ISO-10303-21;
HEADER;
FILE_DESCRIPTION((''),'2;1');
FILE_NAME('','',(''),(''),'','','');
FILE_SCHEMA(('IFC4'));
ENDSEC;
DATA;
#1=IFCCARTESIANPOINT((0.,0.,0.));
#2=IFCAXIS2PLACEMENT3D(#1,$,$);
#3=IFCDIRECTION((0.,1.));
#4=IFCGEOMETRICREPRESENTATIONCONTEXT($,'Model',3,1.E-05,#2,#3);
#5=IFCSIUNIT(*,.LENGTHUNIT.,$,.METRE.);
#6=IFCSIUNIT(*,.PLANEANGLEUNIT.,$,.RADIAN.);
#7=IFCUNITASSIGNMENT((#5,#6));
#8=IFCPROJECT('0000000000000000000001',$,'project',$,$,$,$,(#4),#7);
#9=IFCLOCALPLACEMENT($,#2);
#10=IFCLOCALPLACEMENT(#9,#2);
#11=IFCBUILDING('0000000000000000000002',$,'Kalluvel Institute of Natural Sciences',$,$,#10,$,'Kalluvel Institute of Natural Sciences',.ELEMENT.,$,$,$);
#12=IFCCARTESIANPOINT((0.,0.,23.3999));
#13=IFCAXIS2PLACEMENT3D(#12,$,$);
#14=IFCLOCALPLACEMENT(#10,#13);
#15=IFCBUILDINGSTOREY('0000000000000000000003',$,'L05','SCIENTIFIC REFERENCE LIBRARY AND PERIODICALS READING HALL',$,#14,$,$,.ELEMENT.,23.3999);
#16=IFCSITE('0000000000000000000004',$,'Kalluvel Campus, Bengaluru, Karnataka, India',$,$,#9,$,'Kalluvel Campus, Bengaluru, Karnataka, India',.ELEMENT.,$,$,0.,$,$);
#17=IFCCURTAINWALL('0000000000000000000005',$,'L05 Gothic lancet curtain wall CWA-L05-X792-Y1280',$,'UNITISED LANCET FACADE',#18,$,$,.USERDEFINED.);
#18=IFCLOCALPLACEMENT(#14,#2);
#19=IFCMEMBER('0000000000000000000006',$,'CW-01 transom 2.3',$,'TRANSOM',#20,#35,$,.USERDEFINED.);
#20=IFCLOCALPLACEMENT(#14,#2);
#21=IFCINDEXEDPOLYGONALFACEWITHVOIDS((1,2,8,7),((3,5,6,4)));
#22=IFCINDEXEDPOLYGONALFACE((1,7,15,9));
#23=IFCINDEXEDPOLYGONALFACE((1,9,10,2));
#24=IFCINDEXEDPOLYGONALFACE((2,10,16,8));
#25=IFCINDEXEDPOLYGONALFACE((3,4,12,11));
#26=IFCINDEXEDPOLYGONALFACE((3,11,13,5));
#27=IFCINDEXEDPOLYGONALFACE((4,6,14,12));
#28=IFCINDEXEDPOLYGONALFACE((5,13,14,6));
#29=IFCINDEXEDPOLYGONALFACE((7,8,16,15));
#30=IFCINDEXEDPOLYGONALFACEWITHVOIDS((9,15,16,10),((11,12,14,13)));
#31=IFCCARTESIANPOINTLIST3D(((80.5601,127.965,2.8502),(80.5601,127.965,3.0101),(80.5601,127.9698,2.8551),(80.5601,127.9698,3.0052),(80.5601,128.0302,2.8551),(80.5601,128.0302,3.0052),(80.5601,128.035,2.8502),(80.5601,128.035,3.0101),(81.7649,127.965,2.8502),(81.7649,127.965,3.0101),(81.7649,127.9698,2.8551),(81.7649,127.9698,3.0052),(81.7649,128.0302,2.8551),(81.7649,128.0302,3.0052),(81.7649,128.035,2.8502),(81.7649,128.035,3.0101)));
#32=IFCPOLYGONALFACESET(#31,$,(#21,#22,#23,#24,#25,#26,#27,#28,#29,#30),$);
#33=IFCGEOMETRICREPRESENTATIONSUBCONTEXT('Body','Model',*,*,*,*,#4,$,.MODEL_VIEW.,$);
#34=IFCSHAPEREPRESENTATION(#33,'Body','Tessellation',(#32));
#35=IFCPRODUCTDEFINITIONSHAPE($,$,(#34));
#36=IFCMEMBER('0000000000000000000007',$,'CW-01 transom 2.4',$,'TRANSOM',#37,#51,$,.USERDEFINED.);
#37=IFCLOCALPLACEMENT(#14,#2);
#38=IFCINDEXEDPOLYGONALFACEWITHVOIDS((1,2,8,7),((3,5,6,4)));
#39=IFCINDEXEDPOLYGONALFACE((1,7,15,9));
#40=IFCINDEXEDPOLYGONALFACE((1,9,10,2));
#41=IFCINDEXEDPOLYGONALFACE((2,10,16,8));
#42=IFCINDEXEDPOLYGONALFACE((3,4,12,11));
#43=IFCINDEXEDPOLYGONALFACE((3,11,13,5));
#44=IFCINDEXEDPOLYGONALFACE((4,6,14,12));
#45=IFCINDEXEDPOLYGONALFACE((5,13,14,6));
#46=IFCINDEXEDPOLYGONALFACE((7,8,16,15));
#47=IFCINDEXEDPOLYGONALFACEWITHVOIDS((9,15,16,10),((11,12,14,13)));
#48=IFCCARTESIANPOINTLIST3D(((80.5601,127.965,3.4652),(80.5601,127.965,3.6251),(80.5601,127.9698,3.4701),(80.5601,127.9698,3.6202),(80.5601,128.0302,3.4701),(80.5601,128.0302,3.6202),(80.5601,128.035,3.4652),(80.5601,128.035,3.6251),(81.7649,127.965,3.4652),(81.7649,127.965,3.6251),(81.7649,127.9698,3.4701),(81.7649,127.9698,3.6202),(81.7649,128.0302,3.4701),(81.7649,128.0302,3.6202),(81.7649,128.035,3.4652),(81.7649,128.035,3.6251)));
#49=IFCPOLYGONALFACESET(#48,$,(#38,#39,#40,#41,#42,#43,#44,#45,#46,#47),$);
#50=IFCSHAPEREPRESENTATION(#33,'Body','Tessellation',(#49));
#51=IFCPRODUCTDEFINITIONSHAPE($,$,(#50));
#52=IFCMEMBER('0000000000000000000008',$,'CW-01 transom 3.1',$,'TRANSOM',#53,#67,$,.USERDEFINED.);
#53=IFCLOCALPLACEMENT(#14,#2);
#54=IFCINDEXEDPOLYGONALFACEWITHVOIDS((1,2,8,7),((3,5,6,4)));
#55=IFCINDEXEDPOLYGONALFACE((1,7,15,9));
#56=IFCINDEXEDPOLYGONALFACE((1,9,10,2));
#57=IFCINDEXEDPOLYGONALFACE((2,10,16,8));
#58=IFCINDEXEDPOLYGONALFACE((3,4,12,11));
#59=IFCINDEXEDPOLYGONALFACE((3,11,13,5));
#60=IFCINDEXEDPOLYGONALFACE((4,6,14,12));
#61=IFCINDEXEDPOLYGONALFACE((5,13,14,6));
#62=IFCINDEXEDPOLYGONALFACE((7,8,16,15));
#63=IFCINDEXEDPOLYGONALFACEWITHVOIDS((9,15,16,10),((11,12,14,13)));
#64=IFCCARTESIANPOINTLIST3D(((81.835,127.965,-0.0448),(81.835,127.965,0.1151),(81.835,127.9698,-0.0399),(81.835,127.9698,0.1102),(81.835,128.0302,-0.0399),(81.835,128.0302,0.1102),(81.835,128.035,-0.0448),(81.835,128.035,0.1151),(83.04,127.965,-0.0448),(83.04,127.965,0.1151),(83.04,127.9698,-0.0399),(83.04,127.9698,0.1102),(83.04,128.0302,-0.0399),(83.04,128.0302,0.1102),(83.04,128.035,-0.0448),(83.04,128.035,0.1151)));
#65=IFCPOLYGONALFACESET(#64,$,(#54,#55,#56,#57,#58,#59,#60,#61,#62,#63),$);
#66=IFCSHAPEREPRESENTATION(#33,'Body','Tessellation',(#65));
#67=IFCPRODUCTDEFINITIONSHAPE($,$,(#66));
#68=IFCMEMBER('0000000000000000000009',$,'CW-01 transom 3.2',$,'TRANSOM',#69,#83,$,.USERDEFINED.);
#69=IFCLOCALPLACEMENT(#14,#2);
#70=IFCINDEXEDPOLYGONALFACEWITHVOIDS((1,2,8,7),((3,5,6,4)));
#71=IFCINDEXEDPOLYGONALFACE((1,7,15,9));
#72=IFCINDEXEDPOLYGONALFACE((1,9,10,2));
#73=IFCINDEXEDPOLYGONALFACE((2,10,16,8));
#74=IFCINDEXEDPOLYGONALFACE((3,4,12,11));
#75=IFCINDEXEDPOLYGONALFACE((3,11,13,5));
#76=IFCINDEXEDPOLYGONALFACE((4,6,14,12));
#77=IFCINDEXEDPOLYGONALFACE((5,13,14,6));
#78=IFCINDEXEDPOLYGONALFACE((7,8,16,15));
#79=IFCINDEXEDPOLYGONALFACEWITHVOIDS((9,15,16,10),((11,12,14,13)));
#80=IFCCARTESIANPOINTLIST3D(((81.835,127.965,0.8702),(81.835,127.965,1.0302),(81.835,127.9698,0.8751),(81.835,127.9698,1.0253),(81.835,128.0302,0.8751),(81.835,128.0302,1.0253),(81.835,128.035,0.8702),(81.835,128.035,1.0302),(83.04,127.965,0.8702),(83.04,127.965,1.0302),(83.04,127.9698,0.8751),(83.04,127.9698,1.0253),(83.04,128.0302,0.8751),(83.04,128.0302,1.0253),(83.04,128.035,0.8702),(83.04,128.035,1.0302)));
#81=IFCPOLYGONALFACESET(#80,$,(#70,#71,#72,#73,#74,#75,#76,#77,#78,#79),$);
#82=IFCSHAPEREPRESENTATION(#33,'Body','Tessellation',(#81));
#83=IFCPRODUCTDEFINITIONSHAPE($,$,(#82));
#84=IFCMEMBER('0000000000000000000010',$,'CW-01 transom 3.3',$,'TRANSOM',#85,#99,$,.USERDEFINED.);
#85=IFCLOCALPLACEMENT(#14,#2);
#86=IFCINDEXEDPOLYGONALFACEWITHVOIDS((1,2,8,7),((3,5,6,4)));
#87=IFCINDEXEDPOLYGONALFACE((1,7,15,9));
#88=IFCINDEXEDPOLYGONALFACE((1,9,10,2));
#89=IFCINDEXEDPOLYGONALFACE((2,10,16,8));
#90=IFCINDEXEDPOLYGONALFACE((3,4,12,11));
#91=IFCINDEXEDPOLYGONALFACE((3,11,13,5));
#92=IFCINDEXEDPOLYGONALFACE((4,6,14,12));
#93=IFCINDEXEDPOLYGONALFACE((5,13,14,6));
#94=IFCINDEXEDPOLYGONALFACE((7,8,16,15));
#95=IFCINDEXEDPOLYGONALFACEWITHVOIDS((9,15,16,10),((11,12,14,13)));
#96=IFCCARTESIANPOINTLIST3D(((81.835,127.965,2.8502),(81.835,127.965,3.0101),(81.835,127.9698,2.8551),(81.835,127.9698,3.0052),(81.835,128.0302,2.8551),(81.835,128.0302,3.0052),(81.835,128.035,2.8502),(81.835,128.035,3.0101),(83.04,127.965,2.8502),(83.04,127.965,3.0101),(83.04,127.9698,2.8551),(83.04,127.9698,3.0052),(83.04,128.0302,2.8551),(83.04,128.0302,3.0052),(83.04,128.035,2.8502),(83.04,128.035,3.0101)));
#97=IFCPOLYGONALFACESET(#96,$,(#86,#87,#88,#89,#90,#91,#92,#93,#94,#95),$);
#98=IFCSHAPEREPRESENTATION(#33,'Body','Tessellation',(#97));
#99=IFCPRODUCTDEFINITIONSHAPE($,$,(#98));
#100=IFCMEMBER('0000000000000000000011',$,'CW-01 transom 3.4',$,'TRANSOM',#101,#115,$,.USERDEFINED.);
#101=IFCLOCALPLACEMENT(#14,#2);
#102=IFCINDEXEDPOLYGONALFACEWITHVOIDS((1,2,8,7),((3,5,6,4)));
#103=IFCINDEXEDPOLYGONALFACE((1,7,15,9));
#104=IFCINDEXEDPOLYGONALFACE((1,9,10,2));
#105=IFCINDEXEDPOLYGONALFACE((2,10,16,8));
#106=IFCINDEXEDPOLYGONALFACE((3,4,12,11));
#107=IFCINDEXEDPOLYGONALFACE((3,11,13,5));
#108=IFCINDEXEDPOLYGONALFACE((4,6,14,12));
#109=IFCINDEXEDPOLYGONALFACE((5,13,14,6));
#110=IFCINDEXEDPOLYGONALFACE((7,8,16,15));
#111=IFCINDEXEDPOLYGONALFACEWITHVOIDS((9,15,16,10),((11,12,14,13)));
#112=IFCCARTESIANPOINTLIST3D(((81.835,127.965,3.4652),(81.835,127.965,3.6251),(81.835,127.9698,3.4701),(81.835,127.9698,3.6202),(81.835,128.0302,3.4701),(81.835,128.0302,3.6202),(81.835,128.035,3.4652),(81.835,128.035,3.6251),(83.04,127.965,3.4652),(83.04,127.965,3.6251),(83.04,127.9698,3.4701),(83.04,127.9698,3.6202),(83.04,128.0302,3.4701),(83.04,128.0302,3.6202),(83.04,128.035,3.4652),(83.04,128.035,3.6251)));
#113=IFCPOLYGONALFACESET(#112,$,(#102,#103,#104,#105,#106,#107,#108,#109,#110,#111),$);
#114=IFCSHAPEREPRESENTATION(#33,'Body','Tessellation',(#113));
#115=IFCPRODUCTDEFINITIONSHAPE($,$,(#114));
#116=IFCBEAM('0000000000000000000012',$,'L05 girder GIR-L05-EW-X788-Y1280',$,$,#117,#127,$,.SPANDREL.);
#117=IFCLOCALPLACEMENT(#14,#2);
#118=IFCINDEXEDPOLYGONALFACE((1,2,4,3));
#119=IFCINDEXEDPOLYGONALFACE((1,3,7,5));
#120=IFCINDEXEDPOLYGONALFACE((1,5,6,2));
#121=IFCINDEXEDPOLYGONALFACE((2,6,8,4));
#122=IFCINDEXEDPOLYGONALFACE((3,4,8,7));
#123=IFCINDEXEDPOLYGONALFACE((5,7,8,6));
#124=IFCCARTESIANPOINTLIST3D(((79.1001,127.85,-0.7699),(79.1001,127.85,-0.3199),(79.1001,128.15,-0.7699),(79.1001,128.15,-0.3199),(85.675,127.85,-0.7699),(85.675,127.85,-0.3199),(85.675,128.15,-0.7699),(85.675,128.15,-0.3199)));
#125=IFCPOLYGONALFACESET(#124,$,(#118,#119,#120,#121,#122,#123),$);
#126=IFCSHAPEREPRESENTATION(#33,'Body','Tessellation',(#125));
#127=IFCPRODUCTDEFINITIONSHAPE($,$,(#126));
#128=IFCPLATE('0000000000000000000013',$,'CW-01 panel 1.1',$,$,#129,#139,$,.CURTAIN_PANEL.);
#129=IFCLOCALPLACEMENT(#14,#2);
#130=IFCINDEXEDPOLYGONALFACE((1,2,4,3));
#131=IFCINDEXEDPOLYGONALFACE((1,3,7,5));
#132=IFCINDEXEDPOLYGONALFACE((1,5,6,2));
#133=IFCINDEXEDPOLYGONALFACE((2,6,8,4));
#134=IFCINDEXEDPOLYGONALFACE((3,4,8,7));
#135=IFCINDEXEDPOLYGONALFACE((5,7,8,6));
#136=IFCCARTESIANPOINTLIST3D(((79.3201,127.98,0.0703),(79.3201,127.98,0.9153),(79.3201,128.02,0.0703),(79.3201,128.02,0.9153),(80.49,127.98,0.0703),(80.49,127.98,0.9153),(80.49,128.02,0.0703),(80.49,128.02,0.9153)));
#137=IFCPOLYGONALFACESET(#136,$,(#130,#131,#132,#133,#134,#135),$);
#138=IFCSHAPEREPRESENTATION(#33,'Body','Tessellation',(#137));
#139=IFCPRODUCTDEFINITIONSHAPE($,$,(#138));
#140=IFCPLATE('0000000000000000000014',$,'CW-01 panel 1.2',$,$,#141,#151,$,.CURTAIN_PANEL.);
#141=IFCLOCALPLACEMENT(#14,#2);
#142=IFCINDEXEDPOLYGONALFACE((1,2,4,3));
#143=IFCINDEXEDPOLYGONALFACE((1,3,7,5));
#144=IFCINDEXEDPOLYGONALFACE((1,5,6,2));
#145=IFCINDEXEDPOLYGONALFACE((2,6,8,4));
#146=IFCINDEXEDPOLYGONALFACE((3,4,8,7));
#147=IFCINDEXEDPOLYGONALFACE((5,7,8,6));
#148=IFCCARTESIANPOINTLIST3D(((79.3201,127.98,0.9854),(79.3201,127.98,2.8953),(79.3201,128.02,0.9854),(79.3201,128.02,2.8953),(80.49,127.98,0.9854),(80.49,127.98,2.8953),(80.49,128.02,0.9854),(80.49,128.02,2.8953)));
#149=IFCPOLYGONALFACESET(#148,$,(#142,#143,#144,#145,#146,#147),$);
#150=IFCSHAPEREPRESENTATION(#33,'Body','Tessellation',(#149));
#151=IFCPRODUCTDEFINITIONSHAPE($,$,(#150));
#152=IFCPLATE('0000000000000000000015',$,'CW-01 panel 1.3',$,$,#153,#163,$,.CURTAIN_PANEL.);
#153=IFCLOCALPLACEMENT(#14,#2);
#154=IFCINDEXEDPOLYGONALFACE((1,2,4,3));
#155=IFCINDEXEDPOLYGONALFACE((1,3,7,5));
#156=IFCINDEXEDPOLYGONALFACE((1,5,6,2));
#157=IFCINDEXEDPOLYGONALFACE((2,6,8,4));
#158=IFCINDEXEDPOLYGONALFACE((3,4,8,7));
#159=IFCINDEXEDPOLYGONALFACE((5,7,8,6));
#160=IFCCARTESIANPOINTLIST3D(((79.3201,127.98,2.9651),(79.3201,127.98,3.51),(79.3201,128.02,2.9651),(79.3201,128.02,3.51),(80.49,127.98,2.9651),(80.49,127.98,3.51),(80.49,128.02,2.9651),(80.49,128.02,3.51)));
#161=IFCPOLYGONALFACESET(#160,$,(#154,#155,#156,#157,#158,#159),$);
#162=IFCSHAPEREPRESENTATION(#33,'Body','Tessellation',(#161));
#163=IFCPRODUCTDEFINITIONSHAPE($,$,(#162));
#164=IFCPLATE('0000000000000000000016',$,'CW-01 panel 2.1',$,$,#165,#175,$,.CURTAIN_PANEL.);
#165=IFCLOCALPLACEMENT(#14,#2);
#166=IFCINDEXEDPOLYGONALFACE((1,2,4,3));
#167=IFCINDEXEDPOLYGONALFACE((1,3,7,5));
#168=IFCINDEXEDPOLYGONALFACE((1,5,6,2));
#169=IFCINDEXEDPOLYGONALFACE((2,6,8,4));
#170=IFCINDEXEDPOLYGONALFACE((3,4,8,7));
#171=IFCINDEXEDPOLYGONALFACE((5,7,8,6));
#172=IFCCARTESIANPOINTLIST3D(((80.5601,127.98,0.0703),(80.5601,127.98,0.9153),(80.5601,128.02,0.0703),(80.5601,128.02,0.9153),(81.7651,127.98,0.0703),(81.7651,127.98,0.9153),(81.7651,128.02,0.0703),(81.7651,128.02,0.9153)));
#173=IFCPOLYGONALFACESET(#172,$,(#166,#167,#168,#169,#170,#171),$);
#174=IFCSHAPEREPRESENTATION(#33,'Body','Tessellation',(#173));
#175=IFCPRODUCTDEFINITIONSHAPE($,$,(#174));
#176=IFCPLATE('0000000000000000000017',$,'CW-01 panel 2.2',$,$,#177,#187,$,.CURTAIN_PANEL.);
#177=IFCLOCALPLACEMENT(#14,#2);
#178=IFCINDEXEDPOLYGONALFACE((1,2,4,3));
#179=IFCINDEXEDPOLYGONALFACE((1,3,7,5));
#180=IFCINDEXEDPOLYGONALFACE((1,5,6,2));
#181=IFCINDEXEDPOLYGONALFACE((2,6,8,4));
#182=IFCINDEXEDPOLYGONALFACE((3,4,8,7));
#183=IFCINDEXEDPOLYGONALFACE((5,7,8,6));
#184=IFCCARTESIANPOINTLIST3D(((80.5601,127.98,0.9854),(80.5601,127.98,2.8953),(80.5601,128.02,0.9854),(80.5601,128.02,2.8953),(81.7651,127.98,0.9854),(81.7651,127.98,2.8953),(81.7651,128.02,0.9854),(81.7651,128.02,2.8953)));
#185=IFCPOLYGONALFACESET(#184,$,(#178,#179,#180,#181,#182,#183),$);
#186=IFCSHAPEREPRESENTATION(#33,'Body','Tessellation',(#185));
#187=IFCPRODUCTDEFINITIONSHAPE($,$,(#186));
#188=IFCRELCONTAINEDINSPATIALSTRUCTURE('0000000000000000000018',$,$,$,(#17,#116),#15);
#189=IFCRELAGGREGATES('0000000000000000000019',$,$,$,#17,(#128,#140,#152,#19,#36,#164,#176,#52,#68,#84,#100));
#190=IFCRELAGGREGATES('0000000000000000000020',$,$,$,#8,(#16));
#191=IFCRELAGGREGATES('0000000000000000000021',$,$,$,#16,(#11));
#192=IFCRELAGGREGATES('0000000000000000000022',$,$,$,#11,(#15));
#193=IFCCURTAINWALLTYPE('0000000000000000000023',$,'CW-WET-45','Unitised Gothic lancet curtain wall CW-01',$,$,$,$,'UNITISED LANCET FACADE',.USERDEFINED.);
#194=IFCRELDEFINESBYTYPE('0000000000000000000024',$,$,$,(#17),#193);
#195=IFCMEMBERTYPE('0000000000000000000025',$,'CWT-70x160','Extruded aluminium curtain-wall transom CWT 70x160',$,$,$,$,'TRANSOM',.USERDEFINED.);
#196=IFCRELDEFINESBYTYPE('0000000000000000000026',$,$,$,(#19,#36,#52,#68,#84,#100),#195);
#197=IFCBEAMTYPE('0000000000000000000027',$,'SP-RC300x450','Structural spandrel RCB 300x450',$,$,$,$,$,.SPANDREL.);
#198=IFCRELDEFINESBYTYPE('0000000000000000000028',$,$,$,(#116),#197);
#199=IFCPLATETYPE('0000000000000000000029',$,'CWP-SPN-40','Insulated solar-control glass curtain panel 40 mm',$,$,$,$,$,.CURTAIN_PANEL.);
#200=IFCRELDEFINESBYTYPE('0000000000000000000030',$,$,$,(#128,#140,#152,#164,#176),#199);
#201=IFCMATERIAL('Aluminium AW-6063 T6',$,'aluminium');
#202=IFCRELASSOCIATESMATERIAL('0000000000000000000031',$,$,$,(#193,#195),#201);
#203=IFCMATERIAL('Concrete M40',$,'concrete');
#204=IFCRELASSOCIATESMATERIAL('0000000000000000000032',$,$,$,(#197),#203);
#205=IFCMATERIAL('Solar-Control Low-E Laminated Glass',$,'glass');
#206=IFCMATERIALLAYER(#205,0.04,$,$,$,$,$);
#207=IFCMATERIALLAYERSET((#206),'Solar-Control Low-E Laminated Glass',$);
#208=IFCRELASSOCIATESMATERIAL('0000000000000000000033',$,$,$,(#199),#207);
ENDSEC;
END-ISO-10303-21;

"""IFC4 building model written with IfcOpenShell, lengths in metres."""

from ifc_helpers import new_model, si_unit, direction, frame, origin, origin_2d, place, context, subcontext, project, spatial, rectangle, hollow_rectangle, extrude, material, layer, layer_set, material_profile, profile_set, type_object, element, aggregate, save


model = new_model("IFC4")

# Units and contexts
model_context = context("Model", 3, precision=1e-05, world=origin(), true_north=direction((0.0, 1.0)))
body_context = subcontext(model_context, "Body", "Model", "MODEL_VIEW")
ifc_project = project(units=[si_unit("LENGTHUNIT", "METRE"), si_unit("PLANEANGLEUNIT", "RADIAN")], contexts=[model_context])

# Site, building, storey
site_placement = place(None, origin())
site = spatial("IfcSite", under=ifc_project, at=site_placement, Name="Kalluvel Campus, Bengaluru, Karnataka, India", LongName="Kalluvel Campus, Bengaluru, Karnataka, India", CompositionType="ELEMENT", RefElevation=0.0)
building_placement = place(site_placement, origin())
building = spatial("IfcBuilding", under=site, at=building_placement, Name="Kalluvel Institute of Natural Sciences", LongName="Kalluvel Institute of Natural Sciences", CompositionType="ELEMENT")
storey_placement = place(building_placement, frame((0.0, 0.0, 23.3999)))
storey = spatial("IfcBuildingStorey", under=building, at=storey_placement, Name="L05", Description="SCIENTIFIC REFERENCE LIBRARY AND PERIODICALS READING HALL", CompositionType="ELEMENT", Elevation=23.3999)

# Curtain wall, members
ifc_material_1 = material(Name="Aluminium AW-6063 T6", Category="aluminium")
curtain_wall_type = type_object("IfcCurtainWallType", Name="CW-WET-45", Description="Unitised Gothic lancet curtain wall CW-01", ElementType="UNITISED LANCET FACADE", PredefinedType="USERDEFINED", material=ifc_material_1)
curtain_wall_placement = place(storey_placement, origin())
curtain_wall = element("IfcCurtainWall", 1, at=curtain_wall_placement, inside=storey, type_object=curtain_wall_type, Name="L05 Gothic lancet curtain wall CWA-L05-X792-Y1280", ObjectType="UNITISED LANCET FACADE", PredefinedType="USERDEFINED")
ifc_material_profile_1 = material_profile(ifc_material_1, hollow_rectangle(XDim=0.0701, YDim=0.1599, WallThickness=0.0049, at=origin_2d()), Name="CWT 70x160")
ifc_profile_set_1 = profile_set([ifc_material_profile_1], Name="Aluminium AW-6063 T6")
member_type_1 = type_object("IfcMemberType", Name="CWT-70x160", Description="Extruded aluminium curtain-wall transom CWT 70x160", ElementType="TRANSOM", PredefinedType="USERDEFINED", material=ifc_profile_set_1)
member_1_placement = place(storey_placement, frame((80.5601, 128.0, 2.9302), z_axis=(1.0, 0.0, 0.0), x_axis=(0.0, 1.0, 0.0)))
member_1 = element("IfcMember", 2, at=member_1_placement, type_object=member_type_1, Name="CW-01 transom 2.3", ObjectType="TRANSOM", PredefinedType="USERDEFINED", context=body_context, shape_type="SweptSolid", body=[
    extrude(hollow_rectangle(XDim=0.0701, YDim=0.1599, WallThickness=0.0049, at=origin_2d()), origin(), (0.0, 0.0, 1.0), 1.2048),
])
member_2_placement = place(storey_placement, frame((80.5601, 128.0, 3.5452), z_axis=(1.0, 0.0, 0.0), x_axis=(0.0, 1.0, 0.0)))
member_2 = element("IfcMember", 3, at=member_2_placement, type_object=member_type_1, Name="CW-01 transom 2.4", ObjectType="TRANSOM", PredefinedType="USERDEFINED", context=body_context, shape_type="SweptSolid", body=[
    extrude(hollow_rectangle(XDim=0.0701, YDim=0.1599, WallThickness=0.0049, at=origin_2d()), origin(), (0.0, 0.0, 1.0), 1.2048),
])
member_3_placement = place(storey_placement, frame((81.835, 128.0, 0.0352), z_axis=(1.0, 0.0, 0.0), x_axis=(0.0, 1.0, 0.0)))
member_3 = element("IfcMember", 4, at=member_3_placement, type_object=member_type_1, Name="CW-01 transom 3.1", ObjectType="TRANSOM", PredefinedType="USERDEFINED", context=body_context, shape_type="SweptSolid", body=[
    extrude(hollow_rectangle(XDim=0.0701, YDim=0.1599, WallThickness=0.0049, at=origin_2d()), origin(), (0.0, 0.0, 1.0), 1.2051),
])
member_4_placement = place(storey_placement, frame((81.835, 128.0, 0.9502), z_axis=(1.0, 0.0, 0.0), x_axis=(0.0, 1.0, 0.0)))
member_4 = element("IfcMember", 5, at=member_4_placement, type_object=member_type_1, Name="CW-01 transom 3.2", ObjectType="TRANSOM", PredefinedType="USERDEFINED", context=body_context, shape_type="SweptSolid", body=[
    extrude(hollow_rectangle(XDim=0.0701, YDim=0.1599, WallThickness=0.0049, at=origin_2d()), origin(), (0.0, 0.0, 1.0), 1.2051),
])
member_5_placement = place(storey_placement, frame((81.835, 128.0, 2.9302), z_axis=(1.0, 0.0, 0.0), x_axis=(0.0, 1.0, 0.0)))
member_5 = element("IfcMember", 6, at=member_5_placement, type_object=member_type_1, Name="CW-01 transom 3.3", ObjectType="TRANSOM", PredefinedType="USERDEFINED", context=body_context, shape_type="SweptSolid", body=[
    extrude(hollow_rectangle(XDim=0.0701, YDim=0.1599, WallThickness=0.0049, at=origin_2d()), origin(), (0.0, 0.0, 1.0), 1.2051),
])
member_6_placement = place(storey_placement, frame((81.835, 128.0, 3.5452), z_axis=(1.0, 0.0, 0.0), x_axis=(0.0, 1.0, 0.0)))
member_6 = element("IfcMember", 7, at=member_6_placement, type_object=member_type_1, Name="CW-01 transom 3.4", ObjectType="TRANSOM", PredefinedType="USERDEFINED", context=body_context, shape_type="SweptSolid", body=[
    extrude(hollow_rectangle(XDim=0.0701, YDim=0.1599, WallThickness=0.0049, at=origin_2d()), origin(), (0.0, 0.0, 1.0), 1.2051),
])

# Beam
ifc_material_2 = material(Name="Concrete M40", Category="concrete")
ifc_material_profile_2 = material_profile(ifc_material_2, rectangle(XDim=0.3, YDim=0.45, at=origin_2d()), Name="RCB 300x450")
ifc_profile_set_2 = profile_set([ifc_material_profile_2], Name="Concrete M40")
beam_type = type_object("IfcBeamType", Name="SP-RC300x450", Description="Structural spandrel RCB 300x450", PredefinedType="SPANDREL", material=ifc_profile_set_2)
beam_placement = place(storey_placement, frame((79.1001, 128.0, -0.5449), z_axis=(1.0, 0.0, 0.0), x_axis=(0.0, 1.0, 0.0)))
element("IfcBeam", 8, at=beam_placement, inside=storey, type_object=beam_type, Name="L05 girder GIR-L05-EW-X788-Y1280", PredefinedType="SPANDREL", context=body_context, shape_type="SweptSolid", body=[
    extrude(rectangle(XDim=0.3, YDim=0.45, at=origin_2d()), origin(), (0.0, 0.0, 1.0), 6.575),
])

# Plates
ifc_material_3 = material(Name="Solar-Control Low-E Laminated Glass", Category="glass")
ifc_layer_1 = layer(ifc_material_3, 0.04)
ifc_layer_set_1 = layer_set([ifc_layer_1], Name="Solar-Control Low-E Laminated Glass")
plate_type = type_object("IfcPlateType", Name="CWP-SPN-40", Description="Insulated solar-control glass curtain panel 40 mm", PredefinedType="CURTAIN_PANEL", material=ifc_layer_set_1)
plate_1_placement = place(storey_placement, frame((79.905, 128.0, 0.0703), z_axis=(0.0, 0.0, 1.0), x_axis=(1.0, 0.0, 0.0)))
plate_1 = element("IfcPlate", 9, at=plate_1_placement, type_object=plate_type, Name="CW-01 panel 1.1", PredefinedType="CURTAIN_PANEL", context=body_context, shape_type="SweptSolid", body=[
    extrude(rectangle(XDim=1.1699, YDim=0.04, at=origin_2d()), origin(), (0.0, 0.0, 1.0), 0.845),
])
plate_2_placement = place(storey_placement, frame((79.905, 128.0, 0.9854), z_axis=(0.0, 0.0, 1.0), x_axis=(1.0, 0.0, 0.0)))
plate_2 = element("IfcPlate", 10, at=plate_2_placement, type_object=plate_type, Name="CW-01 panel 1.2", PredefinedType="CURTAIN_PANEL", context=body_context, shape_type="SweptSolid", body=[
    extrude(rectangle(XDim=1.1699, YDim=0.04, at=origin_2d()), origin(), (0.0, 0.0, 1.0), 1.9099),
])
plate_3_placement = place(storey_placement, frame((79.905, 128.0, 2.9651), z_axis=(0.0, 0.0, 1.0), x_axis=(1.0, 0.0, 0.0)))
plate_3 = element("IfcPlate", 11, at=plate_3_placement, type_object=plate_type, Name="CW-01 panel 1.3", PredefinedType="CURTAIN_PANEL", context=body_context, shape_type="SweptSolid", body=[
    extrude(rectangle(XDim=1.1699, YDim=0.04, at=origin_2d()), origin(), (0.0, 0.0, 1.0), 0.5449),
])
plate_4_placement = place(storey_placement, frame((81.1626, 128.0, 0.0703), z_axis=(0.0, 0.0, 1.0), x_axis=(1.0, 0.0, 0.0)))
plate_4 = element("IfcPlate", 12, at=plate_4_placement, type_object=plate_type, Name="CW-01 panel 2.1", PredefinedType="CURTAIN_PANEL", context=body_context, shape_type="SweptSolid", body=[
    extrude(rectangle(XDim=1.2051, YDim=0.04, at=origin_2d()), origin(), (0.0, 0.0, 1.0), 0.845),
])
plate_5_placement = place(storey_placement, frame((81.1626, 128.0, 0.9854), z_axis=(0.0, 0.0, 1.0), x_axis=(1.0, 0.0, 0.0)))
plate_5 = element("IfcPlate", 13, at=plate_5_placement, type_object=plate_type, Name="CW-01 panel 2.2", PredefinedType="CURTAIN_PANEL", context=body_context, shape_type="SweptSolid", body=[
    extrude(rectangle(XDim=1.2051, YDim=0.04, at=origin_2d()), origin(), (0.0, 0.0, 1.0), 1.9099),
])
aggregate(curtain_wall, [plate_1, plate_2, plate_3, member_1, member_2, plate_4, plate_5, member_3, member_4, member_5, member_6])

save(model, "model.ifc")
